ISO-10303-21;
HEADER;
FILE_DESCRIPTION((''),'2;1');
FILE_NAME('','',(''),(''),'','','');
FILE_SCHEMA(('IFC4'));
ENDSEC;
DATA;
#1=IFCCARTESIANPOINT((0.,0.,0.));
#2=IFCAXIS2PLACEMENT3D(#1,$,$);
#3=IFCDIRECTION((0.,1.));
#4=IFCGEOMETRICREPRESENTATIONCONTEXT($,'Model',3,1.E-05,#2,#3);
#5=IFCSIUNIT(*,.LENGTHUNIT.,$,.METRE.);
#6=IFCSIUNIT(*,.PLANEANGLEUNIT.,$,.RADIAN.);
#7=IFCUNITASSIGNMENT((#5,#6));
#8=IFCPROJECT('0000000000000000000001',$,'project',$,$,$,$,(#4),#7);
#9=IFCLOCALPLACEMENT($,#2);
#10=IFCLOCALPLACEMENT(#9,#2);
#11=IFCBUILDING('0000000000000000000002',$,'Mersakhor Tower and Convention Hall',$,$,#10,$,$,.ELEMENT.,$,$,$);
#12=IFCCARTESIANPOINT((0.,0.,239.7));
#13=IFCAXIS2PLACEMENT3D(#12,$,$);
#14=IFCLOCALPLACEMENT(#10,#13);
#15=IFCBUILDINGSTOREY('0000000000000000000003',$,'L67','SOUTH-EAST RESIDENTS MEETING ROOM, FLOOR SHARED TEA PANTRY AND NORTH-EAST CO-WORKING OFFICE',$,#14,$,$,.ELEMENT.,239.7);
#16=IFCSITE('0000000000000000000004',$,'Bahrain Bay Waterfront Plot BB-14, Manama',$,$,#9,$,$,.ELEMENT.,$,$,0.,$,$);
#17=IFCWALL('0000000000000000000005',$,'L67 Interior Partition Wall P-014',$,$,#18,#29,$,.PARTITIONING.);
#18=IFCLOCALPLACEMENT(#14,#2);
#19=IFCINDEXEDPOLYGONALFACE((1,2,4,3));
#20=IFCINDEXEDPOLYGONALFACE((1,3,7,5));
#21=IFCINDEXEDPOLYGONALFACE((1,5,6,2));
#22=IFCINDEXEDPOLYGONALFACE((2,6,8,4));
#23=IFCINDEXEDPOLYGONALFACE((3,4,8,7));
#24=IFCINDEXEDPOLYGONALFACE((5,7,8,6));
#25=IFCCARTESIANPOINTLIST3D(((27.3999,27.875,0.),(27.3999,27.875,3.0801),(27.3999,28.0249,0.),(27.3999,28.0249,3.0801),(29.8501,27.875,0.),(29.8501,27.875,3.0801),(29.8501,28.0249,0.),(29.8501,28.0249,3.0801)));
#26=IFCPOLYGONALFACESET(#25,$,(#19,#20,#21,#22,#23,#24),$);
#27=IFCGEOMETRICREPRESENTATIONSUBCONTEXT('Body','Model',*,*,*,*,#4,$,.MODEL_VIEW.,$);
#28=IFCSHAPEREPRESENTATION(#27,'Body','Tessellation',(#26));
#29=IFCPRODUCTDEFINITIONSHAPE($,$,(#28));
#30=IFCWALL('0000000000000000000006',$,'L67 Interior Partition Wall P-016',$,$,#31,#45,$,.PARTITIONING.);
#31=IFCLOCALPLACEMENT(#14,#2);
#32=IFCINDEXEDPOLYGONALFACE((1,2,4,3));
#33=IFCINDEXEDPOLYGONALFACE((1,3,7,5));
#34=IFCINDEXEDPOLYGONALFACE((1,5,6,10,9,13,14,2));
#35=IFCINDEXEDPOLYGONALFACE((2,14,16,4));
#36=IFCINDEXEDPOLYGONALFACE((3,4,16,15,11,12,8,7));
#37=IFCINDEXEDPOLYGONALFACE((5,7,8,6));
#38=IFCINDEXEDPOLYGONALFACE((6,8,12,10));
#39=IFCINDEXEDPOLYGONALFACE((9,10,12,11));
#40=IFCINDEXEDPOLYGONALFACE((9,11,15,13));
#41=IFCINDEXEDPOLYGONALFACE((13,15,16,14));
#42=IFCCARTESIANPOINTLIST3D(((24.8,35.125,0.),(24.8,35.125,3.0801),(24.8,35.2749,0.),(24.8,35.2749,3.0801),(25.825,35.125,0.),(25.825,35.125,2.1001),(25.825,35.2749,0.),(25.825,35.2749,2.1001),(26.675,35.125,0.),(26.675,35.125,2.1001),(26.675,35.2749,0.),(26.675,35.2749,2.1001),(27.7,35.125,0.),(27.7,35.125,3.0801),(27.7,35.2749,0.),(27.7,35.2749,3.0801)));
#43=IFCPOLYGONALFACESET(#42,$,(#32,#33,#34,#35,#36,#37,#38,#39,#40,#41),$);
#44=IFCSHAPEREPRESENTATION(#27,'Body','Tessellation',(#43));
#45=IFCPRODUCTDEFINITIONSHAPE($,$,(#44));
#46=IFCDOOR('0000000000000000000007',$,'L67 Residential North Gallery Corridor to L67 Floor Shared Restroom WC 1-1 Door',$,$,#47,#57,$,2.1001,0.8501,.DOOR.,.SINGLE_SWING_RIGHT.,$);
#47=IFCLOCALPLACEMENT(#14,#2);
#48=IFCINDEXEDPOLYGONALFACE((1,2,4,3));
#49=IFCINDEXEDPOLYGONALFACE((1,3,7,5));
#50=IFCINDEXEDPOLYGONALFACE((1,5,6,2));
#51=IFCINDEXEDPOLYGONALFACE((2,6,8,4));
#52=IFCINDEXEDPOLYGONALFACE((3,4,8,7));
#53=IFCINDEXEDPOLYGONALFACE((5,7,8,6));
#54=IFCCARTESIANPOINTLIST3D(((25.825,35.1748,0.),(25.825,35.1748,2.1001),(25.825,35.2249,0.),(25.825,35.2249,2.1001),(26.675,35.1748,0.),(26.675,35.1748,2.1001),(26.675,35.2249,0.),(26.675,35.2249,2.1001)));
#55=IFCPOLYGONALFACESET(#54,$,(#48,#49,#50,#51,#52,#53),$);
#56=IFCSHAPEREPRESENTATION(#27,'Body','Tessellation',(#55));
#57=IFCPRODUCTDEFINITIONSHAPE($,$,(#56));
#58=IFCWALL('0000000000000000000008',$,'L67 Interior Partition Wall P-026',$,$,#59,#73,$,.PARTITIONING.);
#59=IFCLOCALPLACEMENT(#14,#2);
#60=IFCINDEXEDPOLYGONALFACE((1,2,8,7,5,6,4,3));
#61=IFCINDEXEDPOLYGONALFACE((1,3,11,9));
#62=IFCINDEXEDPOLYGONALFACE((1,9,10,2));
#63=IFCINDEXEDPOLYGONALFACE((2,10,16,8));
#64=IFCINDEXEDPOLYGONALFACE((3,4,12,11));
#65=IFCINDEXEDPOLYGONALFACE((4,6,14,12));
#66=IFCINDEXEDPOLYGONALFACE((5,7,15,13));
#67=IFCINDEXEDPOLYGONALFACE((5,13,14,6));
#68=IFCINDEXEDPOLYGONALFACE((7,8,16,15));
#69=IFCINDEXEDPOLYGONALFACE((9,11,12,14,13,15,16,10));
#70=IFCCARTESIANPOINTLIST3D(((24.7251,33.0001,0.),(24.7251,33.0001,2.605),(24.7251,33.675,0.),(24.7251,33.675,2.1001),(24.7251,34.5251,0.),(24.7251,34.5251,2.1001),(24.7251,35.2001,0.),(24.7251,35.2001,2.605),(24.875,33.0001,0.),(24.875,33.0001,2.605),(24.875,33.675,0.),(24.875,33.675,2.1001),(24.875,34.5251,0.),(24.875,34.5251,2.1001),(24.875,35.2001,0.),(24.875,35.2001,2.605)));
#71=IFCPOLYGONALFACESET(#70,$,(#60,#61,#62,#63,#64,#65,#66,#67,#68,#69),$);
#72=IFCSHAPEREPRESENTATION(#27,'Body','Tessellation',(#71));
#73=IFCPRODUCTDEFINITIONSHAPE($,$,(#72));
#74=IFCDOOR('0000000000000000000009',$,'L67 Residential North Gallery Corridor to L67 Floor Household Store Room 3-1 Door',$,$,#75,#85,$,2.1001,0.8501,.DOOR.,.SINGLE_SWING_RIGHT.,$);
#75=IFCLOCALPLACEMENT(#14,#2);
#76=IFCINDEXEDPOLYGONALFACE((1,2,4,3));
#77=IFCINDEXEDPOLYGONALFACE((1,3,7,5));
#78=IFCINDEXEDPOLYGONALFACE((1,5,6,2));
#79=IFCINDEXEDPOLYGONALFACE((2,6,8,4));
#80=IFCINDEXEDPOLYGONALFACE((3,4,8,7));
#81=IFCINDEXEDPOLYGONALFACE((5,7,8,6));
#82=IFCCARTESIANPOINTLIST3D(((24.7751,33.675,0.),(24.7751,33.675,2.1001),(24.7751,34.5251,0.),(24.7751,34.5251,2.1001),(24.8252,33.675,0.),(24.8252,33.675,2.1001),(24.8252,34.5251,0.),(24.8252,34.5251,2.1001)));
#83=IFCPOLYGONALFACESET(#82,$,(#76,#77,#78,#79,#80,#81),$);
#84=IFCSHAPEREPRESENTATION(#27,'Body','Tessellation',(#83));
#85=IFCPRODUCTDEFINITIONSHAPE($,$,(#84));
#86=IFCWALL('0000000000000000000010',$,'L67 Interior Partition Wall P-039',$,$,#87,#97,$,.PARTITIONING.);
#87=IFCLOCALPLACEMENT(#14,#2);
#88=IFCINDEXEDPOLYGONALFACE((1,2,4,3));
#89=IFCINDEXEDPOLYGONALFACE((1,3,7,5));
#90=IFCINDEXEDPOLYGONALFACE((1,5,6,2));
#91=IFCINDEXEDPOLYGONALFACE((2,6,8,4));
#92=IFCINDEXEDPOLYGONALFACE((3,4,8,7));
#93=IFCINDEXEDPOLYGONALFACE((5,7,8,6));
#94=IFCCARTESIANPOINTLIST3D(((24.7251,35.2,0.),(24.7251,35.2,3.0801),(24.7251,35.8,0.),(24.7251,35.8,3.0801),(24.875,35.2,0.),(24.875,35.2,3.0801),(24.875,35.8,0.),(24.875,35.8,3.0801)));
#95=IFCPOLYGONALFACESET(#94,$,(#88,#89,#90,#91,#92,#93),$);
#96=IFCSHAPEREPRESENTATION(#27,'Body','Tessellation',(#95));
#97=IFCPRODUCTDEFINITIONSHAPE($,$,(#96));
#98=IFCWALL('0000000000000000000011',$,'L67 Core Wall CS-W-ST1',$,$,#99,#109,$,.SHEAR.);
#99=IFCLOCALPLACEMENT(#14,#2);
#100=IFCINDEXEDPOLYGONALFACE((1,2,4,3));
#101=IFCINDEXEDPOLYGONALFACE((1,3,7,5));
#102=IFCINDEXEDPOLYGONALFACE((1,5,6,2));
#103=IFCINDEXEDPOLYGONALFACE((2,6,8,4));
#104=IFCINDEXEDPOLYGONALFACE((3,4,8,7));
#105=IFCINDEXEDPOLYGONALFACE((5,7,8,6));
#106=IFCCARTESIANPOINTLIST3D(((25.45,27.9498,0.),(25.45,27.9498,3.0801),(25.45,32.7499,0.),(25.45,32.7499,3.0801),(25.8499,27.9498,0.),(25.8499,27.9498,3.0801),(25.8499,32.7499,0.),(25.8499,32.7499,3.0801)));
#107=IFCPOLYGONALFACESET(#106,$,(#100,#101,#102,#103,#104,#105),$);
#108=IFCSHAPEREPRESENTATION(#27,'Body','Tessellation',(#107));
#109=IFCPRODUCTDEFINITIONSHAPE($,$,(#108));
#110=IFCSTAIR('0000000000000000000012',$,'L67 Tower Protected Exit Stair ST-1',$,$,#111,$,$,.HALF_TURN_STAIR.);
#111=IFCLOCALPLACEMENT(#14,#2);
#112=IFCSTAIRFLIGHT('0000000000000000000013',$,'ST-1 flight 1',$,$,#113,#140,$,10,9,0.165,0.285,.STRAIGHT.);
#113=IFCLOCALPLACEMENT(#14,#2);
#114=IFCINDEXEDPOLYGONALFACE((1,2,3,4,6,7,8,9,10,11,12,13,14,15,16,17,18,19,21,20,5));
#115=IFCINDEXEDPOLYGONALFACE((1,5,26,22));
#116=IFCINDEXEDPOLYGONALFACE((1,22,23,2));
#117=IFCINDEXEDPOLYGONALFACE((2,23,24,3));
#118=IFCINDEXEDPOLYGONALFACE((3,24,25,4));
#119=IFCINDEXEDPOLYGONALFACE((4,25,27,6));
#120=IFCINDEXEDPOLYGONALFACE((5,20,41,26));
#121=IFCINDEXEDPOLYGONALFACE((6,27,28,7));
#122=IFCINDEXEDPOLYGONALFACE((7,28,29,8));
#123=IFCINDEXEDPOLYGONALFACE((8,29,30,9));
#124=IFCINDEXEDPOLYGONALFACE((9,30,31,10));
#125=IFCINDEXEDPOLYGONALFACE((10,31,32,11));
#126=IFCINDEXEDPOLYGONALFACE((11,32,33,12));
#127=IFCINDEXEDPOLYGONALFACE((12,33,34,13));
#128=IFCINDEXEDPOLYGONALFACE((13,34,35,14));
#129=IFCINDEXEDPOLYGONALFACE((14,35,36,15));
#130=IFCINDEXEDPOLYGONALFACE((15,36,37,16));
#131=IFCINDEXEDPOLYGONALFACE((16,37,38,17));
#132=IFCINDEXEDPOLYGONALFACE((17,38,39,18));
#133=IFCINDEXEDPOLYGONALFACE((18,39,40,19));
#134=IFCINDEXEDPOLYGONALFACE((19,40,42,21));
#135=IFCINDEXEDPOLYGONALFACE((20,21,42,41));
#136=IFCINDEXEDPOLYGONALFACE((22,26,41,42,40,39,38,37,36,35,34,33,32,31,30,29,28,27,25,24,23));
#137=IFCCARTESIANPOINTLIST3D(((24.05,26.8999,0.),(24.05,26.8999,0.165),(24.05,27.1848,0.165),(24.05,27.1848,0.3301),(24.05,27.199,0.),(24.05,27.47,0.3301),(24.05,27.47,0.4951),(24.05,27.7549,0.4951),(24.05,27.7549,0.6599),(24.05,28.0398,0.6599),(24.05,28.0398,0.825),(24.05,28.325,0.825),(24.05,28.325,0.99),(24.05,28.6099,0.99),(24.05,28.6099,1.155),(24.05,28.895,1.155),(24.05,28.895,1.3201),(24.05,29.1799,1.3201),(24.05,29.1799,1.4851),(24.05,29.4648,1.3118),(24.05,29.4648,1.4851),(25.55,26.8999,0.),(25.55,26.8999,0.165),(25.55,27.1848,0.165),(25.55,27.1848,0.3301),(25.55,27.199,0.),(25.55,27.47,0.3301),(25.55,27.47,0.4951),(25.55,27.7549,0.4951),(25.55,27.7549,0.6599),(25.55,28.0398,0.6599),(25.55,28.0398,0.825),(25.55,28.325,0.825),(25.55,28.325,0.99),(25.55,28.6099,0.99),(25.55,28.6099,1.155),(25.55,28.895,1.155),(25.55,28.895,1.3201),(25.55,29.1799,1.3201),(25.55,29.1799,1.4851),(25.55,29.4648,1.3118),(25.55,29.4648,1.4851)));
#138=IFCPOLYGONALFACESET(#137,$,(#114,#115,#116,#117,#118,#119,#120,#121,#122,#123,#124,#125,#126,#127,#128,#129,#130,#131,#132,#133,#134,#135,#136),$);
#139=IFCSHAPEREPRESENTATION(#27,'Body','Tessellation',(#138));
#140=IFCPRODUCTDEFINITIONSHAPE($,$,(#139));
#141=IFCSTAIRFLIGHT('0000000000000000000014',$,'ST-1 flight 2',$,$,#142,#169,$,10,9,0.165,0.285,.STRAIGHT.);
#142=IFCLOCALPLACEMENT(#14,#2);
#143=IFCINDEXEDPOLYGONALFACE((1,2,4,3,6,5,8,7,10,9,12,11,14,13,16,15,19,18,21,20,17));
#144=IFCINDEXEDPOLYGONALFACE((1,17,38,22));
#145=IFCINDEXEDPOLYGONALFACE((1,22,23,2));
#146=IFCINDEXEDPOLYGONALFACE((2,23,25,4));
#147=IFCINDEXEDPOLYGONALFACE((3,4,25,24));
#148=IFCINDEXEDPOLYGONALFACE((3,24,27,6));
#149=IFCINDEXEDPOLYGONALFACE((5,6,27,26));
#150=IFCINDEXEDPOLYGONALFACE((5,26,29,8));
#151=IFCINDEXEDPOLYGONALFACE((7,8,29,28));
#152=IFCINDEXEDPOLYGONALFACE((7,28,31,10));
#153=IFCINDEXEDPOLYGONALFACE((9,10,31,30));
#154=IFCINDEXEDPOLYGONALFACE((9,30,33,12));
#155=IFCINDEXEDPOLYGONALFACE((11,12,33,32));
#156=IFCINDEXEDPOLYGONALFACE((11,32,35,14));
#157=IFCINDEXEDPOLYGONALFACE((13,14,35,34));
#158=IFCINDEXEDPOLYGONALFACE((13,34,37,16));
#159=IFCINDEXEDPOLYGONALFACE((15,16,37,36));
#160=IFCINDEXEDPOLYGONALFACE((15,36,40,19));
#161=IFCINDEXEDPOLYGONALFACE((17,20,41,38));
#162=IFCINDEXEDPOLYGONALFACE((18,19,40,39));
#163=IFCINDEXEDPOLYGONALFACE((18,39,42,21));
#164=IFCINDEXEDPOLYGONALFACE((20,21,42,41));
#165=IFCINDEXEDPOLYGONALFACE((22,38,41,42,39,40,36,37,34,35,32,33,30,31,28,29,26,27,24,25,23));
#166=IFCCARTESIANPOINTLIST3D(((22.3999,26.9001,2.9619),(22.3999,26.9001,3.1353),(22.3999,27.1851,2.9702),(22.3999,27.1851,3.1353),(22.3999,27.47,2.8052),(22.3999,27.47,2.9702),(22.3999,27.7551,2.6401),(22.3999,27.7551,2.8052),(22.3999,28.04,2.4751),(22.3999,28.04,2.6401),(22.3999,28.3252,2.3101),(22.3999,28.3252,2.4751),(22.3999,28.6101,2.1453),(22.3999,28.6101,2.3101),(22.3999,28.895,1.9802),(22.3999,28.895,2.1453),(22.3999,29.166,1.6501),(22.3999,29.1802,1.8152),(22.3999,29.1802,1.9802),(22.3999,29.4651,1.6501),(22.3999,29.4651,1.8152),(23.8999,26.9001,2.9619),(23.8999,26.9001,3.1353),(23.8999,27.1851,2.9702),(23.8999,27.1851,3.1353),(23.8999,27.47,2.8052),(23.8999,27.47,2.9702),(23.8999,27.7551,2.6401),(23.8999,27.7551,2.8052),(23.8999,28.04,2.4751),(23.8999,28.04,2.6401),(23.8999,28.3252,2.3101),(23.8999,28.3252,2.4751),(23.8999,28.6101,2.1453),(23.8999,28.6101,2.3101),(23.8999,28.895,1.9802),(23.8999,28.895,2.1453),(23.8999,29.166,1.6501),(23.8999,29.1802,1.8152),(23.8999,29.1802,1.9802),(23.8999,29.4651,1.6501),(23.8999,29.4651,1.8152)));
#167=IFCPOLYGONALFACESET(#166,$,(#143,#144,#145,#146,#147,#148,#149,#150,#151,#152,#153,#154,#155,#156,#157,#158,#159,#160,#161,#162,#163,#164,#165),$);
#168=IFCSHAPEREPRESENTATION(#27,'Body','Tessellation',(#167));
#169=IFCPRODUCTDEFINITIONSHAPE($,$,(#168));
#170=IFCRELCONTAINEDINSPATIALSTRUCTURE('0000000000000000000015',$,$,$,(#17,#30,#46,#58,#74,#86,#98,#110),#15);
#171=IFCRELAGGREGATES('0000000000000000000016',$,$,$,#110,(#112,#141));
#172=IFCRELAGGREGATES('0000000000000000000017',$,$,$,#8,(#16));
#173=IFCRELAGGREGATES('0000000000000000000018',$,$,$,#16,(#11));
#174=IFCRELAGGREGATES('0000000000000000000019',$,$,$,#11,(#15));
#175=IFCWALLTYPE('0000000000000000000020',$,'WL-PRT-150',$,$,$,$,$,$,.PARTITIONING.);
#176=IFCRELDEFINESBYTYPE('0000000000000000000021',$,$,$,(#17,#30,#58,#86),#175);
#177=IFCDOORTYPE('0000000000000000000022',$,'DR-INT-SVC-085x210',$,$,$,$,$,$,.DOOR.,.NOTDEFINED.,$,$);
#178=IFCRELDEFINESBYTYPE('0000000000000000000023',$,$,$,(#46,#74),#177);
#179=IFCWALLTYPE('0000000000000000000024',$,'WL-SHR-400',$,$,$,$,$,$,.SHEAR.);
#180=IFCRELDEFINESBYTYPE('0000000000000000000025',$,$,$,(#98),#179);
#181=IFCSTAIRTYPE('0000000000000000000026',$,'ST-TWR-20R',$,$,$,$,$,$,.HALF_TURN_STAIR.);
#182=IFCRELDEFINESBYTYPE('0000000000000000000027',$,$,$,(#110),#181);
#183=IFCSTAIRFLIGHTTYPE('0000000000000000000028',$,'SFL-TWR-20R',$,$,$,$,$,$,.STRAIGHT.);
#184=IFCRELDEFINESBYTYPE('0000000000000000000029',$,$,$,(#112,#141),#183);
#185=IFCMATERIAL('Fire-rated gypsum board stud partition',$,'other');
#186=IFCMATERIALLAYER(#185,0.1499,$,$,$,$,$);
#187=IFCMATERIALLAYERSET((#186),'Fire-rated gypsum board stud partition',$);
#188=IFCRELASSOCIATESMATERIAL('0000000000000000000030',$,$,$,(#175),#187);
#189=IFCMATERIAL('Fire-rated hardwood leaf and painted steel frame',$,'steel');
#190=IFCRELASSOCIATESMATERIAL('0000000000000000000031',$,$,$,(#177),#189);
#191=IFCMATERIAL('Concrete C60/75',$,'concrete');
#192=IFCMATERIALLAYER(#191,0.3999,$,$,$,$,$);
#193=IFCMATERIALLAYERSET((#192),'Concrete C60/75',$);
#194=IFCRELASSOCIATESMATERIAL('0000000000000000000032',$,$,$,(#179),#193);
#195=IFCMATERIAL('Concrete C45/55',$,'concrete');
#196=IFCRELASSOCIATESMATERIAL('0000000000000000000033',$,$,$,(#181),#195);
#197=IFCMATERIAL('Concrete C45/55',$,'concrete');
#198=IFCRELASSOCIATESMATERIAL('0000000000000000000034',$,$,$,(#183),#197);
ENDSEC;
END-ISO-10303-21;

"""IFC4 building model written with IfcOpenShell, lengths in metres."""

from ifc_helpers import new_model, si_unit, direction, frame, frame_2d, origin, place, context, subcontext, project, spatial, polyline, rectangle, outline, extrude, material, layer, layer_set, type_object, element, fill, aggregate, save


model = new_model("IFC4")

# Units and contexts
model_context = context("Model", 3, precision=1e-05, world=origin(), true_north=direction((0.0, 1.0)))
body_context = subcontext(model_context, "Body", "Model", "MODEL_VIEW")
ifc_project = project(units=[si_unit("LENGTHUNIT", "METRE"), si_unit("PLANEANGLEUNIT", "RADIAN")], contexts=[model_context])

# Site, building, storey
site_placement = place(None, origin())
site = spatial("IfcSite", under=ifc_project, at=site_placement, Name="Bahrain Bay Waterfront Plot BB-14, Manama", CompositionType="ELEMENT", RefElevation=0.0)
building_placement = place(site_placement, origin())
building = spatial("IfcBuilding", under=site, at=building_placement, Name="Mersakhor Tower and Convention Hall", CompositionType="ELEMENT")
storey_placement = place(building_placement, frame((0.0, 0.0, 239.7)))
storey = spatial("IfcBuildingStorey", under=building, at=storey_placement, Name="L67", Description="SOUTH-EAST RESIDENTS MEETING ROOM, FLOOR SHARED TEA PANTRY AND NORTH-EAST CO-WORKING OFFICE", CompositionType="ELEMENT", Elevation=239.7)

# Shared definitions
ifc_material_1 = material(Name="Fire-rated gypsum board stud partition", Category="other")
ifc_layer_1 = layer(ifc_material_1, 0.1499)
ifc_layer_set_1 = layer_set([ifc_layer_1], Name="Fire-rated gypsum board stud partition")
wall_type_1 = type_object("IfcWallType", Name="WL-PRT-150", PredefinedType="PARTITIONING", material=ifc_layer_set_1)

# Wall
wall_1_placement = place(storey_placement, frame((27.3999, 27.95, 0.0), z_axis=(0.0, 0.0, 1.0), x_axis=(1.0, 0.0, 0.0)))
element("IfcWall", 1, at=wall_1_placement, inside=storey, type_object=wall_type_1, Name="L67 Interior Partition Wall P-014", PredefinedType="PARTITIONING", context=body_context, shape_type="SweptSolid", body=[
    extrude(rectangle(XDim=2.4502, YDim=0.1499, at=frame_2d((1.2251, 0.0))), origin(), (0.0, 0.0, 1.0), 3.0801),
])

# Walls, openings, doors
wall_2_placement = place(storey_placement, frame((24.8, 35.2, 0.0), z_axis=(0.0, 0.0, 1.0), x_axis=(1.0, 0.0, 0.0)))
wall_2 = element("IfcWall", 2, at=wall_2_placement, inside=storey, type_object=wall_type_1, Name="L67 Interior Partition Wall P-016", PredefinedType="PARTITIONING", context=body_context, shape_type="SweptSolid", body=[
    extrude(rectangle(XDim=2.8999, YDim=0.1499, at=frame_2d((1.45, 0.0))), origin(), (0.0, 0.0, 1.0), 3.0801),
])
opening_1_placement = place(wall_2_placement, frame((1.0249, 0.0, 0.0)))
opening_1 = element("IfcOpeningElement", 3, at=opening_1_placement, cuts=wall_2, PredefinedType="OPENING", context=body_context, shape_type="SweptSolid", body=[
    extrude(rectangle(XDim=0.8501, YDim=2.1001, at=frame_2d((0.425, 1.05))), frame((0.0, 0.085, 0.0), z_axis=(0.0, -1.0, 0.0), x_axis=(1.0, 0.0, 0.0)), (0.0, 0.0, 1.0), 0.1699),
])
ifc_material_2 = material(Name="Fire-rated hardwood leaf and painted steel frame", Category="steel")
door_type_1 = type_object("IfcDoorType", Name="DR-INT-SVC-085x210", OperationType="NOTDEFINED", PredefinedType="DOOR", material=ifc_material_2)
door_1_placement = place(opening_1_placement, origin())
door_1 = element("IfcDoor", 4, at=door_1_placement, inside=storey, type_object=door_type_1, Name="L67 Residential North Gallery Corridor to L67 Floor Shared Restroom WC 1-1 Door", OperationType="SINGLE_SWING_RIGHT", OverallHeight=2.1001, OverallWidth=0.8501, PredefinedType="DOOR", context=body_context, shape_type="SweptSolid", body=[
    extrude(rectangle(XDim=0.8501, YDim=2.1001, at=frame_2d((0.425, 1.05))), frame((0.0, 0.0249, 0.0), z_axis=(0.0, -1.0, 0.0), x_axis=(1.0, 0.0, 0.0)), (0.0, 0.0, 1.0), 0.05),
])
fill(opening_1, door_1)
wall_3_placement = place(storey_placement, frame((24.8, 33.0, 0.0), z_axis=(0.0, 0.0, 1.0), x_axis=(0.0, 1.0, 0.0)))
wall_3 = element("IfcWall", 5, at=wall_3_placement, inside=storey, type_object=wall_type_1, Name="L67 Interior Partition Wall P-026", PredefinedType="PARTITIONING", context=body_context, shape_type="SweptSolid", body=[
    extrude(rectangle(XDim=2.2, YDim=0.1499, at=frame_2d((1.1001, 0.0))), origin(), (0.0, 0.0, 1.0), 2.605),
])
opening_2_placement = place(wall_3_placement, frame((0.675, 0.0, 0.0)))
opening_2 = element("IfcOpeningElement", 6, at=opening_2_placement, cuts=wall_3, PredefinedType="OPENING", context=body_context, shape_type="SweptSolid", body=[
    extrude(rectangle(XDim=0.8501, YDim=2.1001, at=frame_2d((0.425, 1.05))), frame((0.0, 0.085, 0.0), z_axis=(0.0, -1.0, 0.0), x_axis=(1.0, 0.0, 0.0)), (0.0, 0.0, 1.0), 0.1699),
])
door_2_placement = place(opening_2_placement, origin())
door_2 = element("IfcDoor", 7, at=door_2_placement, inside=storey, type_object=door_type_1, Name="L67 Residential North Gallery Corridor to L67 Floor Household Store Room 3-1 Door", OperationType="SINGLE_SWING_RIGHT", OverallHeight=2.1001, OverallWidth=0.8501, PredefinedType="DOOR", context=body_context, shape_type="SweptSolid", body=[
    extrude(rectangle(XDim=0.8501, YDim=2.1001, at=frame_2d((0.425, 1.05))), frame((0.0, 0.0249, 0.0), z_axis=(0.0, -1.0, 0.0), x_axis=(1.0, 0.0, 0.0)), (0.0, 0.0, 1.0), 0.05),
])
fill(opening_2, door_2)

# Wall
wall_4_placement = place(storey_placement, frame((24.8, 35.2, 0.0), z_axis=(0.0, 0.0, 1.0), x_axis=(0.0, 1.0, 0.0)))
element("IfcWall", 8, at=wall_4_placement, inside=storey, type_object=wall_type_1, Name="L67 Interior Partition Wall P-039", PredefinedType="PARTITIONING", context=body_context, shape_type="SweptSolid", body=[
    extrude(rectangle(XDim=0.6001, YDim=0.1499, at=frame_2d((0.3, 0.0))), origin(), (0.0, 0.0, 1.0), 3.0801),
])

# Shared definitions
ifc_material_3 = material(Name="Concrete C60/75", Category="concrete")
ifc_layer_2 = layer(ifc_material_3, 0.3999)
ifc_layer_set_2 = layer_set([ifc_layer_2], Name="Concrete C60/75")
wall_type_2 = type_object("IfcWallType", Name="WL-SHR-400", PredefinedType="SHEAR", material=ifc_layer_set_2)

# Wall
wall_5_placement = place(storey_placement, frame((25.6499, 27.95, 0.0), z_axis=(0.0, 0.0, 1.0), x_axis=(0.0, 1.0, 0.0)))
element("IfcWall", 9, at=wall_5_placement, inside=storey, type_object=wall_type_2, Name="L67 Core Wall CS-W-ST1", PredefinedType="SHEAR", context=body_context, shape_type="SweptSolid", body=[
    extrude(rectangle(XDim=4.8, YDim=0.3999, at=frame_2d((2.3999, 0.0))), origin(), (0.0, 0.0, 1.0), 3.0801),
])

# Stair, stair flights
ifc_material_4 = material(Name="Concrete C45/55", Category="concrete")
stair_type = type_object("IfcStairType", Name="ST-TWR-20R", PredefinedType="HALF_TURN_STAIR", material=ifc_material_4)
stair_placement = place(storey_placement, origin())
stair = element("IfcStair", 10, at=stair_placement, inside=storey, type_object=stair_type, Name="L67 Tower Protected Exit Stair ST-1", PredefinedType="HALF_TURN_STAIR")
ifc_material_5 = material(Name="Concrete C45/55", Category="concrete")
stair_flight_type = type_object("IfcStairFlightType", Name="SFL-TWR-20R", PredefinedType="STRAIGHT", material=ifc_material_5)
stair_flight_1_placement = place(storey_placement, frame((24.8, 26.8999, 0.0), z_axis=(0.0, 0.0, 1.0), x_axis=(0.0, 1.0, 0.0)))
stair_flight_1 = element("IfcStairFlight", 11, at=stair_flight_1_placement, type_object=stair_flight_type, Name="ST-1 flight 1", NumberOfRisers=10, NumberOfTreads=9, PredefinedType="STRAIGHT", RiserHeight=0.165, TreadLength=0.285, context=body_context, shape_type="SweptSolid", body=[
    extrude(outline(polyline([(0.0, 0.0), (0.0, 0.165), (0.2849, 0.165), (0.2849, 0.3301), (0.5701, 0.3301), (0.5701, 0.4951), (0.855, 0.4951), (0.855, 0.6599), (1.1399, 0.6599), (1.1399, 0.825), (1.425, 0.825), (1.425, 0.99), (1.71, 0.99), (1.71, 1.155), (1.9951, 1.155), (1.9951, 1.3201), (2.28, 1.3201), (2.28, 1.4851), (2.5649, 1.4851), (2.5649, 1.6499), (2.5649, 1.3118), (0.2991, 0.0), (0.0, 0.0)])), frame((0.0, 0.75, 0.0), z_axis=(0.0, -1.0, 0.0), x_axis=(1.0, 0.0, 0.0)), (0.0, 0.0, 1.0), 1.5),
])
stair_flight_2_placement = place(storey_placement, frame((23.1499, 29.4651, 1.6501), z_axis=(0.0, 0.0, 1.0), x_axis=(0.0, -1.0, 0.0)))
stair_flight_2 = element("IfcStairFlight", 12, at=stair_flight_2_placement, type_object=stair_flight_type, Name="ST-1 flight 2", NumberOfRisers=10, NumberOfTreads=9, PredefinedType="STRAIGHT", RiserHeight=0.165, TreadLength=0.285, context=body_context, shape_type="SweptSolid", body=[
    extrude(outline(polyline([(0.0, 0.0), (0.0, 0.165), (0.2849, 0.165), (0.2849, 0.3301), (0.5701, 0.3301), (0.5701, 0.4951), (0.855, 0.4951), (0.855, 0.6599), (1.1399, 0.6599), (1.1399, 0.825), (1.425, 0.825), (1.425, 0.99), (1.71, 0.99), (1.71, 1.155), (1.9951, 1.155), (1.9951, 1.3201), (2.28, 1.3201), (2.28, 1.4851), (2.5649, 1.4851), (2.5649, 1.6499), (2.5649, 1.3118), (0.2991, 0.0), (0.0, 0.0)])), frame((0.0, 0.75, 0.0), z_axis=(0.0, -1.0, 0.0), x_axis=(1.0, 0.0, 0.0)), (0.0, 0.0, 1.0), 1.5),
])
aggregate(stair, [stair_flight_1, stair_flight_2])

save(model, "model.ifc")
